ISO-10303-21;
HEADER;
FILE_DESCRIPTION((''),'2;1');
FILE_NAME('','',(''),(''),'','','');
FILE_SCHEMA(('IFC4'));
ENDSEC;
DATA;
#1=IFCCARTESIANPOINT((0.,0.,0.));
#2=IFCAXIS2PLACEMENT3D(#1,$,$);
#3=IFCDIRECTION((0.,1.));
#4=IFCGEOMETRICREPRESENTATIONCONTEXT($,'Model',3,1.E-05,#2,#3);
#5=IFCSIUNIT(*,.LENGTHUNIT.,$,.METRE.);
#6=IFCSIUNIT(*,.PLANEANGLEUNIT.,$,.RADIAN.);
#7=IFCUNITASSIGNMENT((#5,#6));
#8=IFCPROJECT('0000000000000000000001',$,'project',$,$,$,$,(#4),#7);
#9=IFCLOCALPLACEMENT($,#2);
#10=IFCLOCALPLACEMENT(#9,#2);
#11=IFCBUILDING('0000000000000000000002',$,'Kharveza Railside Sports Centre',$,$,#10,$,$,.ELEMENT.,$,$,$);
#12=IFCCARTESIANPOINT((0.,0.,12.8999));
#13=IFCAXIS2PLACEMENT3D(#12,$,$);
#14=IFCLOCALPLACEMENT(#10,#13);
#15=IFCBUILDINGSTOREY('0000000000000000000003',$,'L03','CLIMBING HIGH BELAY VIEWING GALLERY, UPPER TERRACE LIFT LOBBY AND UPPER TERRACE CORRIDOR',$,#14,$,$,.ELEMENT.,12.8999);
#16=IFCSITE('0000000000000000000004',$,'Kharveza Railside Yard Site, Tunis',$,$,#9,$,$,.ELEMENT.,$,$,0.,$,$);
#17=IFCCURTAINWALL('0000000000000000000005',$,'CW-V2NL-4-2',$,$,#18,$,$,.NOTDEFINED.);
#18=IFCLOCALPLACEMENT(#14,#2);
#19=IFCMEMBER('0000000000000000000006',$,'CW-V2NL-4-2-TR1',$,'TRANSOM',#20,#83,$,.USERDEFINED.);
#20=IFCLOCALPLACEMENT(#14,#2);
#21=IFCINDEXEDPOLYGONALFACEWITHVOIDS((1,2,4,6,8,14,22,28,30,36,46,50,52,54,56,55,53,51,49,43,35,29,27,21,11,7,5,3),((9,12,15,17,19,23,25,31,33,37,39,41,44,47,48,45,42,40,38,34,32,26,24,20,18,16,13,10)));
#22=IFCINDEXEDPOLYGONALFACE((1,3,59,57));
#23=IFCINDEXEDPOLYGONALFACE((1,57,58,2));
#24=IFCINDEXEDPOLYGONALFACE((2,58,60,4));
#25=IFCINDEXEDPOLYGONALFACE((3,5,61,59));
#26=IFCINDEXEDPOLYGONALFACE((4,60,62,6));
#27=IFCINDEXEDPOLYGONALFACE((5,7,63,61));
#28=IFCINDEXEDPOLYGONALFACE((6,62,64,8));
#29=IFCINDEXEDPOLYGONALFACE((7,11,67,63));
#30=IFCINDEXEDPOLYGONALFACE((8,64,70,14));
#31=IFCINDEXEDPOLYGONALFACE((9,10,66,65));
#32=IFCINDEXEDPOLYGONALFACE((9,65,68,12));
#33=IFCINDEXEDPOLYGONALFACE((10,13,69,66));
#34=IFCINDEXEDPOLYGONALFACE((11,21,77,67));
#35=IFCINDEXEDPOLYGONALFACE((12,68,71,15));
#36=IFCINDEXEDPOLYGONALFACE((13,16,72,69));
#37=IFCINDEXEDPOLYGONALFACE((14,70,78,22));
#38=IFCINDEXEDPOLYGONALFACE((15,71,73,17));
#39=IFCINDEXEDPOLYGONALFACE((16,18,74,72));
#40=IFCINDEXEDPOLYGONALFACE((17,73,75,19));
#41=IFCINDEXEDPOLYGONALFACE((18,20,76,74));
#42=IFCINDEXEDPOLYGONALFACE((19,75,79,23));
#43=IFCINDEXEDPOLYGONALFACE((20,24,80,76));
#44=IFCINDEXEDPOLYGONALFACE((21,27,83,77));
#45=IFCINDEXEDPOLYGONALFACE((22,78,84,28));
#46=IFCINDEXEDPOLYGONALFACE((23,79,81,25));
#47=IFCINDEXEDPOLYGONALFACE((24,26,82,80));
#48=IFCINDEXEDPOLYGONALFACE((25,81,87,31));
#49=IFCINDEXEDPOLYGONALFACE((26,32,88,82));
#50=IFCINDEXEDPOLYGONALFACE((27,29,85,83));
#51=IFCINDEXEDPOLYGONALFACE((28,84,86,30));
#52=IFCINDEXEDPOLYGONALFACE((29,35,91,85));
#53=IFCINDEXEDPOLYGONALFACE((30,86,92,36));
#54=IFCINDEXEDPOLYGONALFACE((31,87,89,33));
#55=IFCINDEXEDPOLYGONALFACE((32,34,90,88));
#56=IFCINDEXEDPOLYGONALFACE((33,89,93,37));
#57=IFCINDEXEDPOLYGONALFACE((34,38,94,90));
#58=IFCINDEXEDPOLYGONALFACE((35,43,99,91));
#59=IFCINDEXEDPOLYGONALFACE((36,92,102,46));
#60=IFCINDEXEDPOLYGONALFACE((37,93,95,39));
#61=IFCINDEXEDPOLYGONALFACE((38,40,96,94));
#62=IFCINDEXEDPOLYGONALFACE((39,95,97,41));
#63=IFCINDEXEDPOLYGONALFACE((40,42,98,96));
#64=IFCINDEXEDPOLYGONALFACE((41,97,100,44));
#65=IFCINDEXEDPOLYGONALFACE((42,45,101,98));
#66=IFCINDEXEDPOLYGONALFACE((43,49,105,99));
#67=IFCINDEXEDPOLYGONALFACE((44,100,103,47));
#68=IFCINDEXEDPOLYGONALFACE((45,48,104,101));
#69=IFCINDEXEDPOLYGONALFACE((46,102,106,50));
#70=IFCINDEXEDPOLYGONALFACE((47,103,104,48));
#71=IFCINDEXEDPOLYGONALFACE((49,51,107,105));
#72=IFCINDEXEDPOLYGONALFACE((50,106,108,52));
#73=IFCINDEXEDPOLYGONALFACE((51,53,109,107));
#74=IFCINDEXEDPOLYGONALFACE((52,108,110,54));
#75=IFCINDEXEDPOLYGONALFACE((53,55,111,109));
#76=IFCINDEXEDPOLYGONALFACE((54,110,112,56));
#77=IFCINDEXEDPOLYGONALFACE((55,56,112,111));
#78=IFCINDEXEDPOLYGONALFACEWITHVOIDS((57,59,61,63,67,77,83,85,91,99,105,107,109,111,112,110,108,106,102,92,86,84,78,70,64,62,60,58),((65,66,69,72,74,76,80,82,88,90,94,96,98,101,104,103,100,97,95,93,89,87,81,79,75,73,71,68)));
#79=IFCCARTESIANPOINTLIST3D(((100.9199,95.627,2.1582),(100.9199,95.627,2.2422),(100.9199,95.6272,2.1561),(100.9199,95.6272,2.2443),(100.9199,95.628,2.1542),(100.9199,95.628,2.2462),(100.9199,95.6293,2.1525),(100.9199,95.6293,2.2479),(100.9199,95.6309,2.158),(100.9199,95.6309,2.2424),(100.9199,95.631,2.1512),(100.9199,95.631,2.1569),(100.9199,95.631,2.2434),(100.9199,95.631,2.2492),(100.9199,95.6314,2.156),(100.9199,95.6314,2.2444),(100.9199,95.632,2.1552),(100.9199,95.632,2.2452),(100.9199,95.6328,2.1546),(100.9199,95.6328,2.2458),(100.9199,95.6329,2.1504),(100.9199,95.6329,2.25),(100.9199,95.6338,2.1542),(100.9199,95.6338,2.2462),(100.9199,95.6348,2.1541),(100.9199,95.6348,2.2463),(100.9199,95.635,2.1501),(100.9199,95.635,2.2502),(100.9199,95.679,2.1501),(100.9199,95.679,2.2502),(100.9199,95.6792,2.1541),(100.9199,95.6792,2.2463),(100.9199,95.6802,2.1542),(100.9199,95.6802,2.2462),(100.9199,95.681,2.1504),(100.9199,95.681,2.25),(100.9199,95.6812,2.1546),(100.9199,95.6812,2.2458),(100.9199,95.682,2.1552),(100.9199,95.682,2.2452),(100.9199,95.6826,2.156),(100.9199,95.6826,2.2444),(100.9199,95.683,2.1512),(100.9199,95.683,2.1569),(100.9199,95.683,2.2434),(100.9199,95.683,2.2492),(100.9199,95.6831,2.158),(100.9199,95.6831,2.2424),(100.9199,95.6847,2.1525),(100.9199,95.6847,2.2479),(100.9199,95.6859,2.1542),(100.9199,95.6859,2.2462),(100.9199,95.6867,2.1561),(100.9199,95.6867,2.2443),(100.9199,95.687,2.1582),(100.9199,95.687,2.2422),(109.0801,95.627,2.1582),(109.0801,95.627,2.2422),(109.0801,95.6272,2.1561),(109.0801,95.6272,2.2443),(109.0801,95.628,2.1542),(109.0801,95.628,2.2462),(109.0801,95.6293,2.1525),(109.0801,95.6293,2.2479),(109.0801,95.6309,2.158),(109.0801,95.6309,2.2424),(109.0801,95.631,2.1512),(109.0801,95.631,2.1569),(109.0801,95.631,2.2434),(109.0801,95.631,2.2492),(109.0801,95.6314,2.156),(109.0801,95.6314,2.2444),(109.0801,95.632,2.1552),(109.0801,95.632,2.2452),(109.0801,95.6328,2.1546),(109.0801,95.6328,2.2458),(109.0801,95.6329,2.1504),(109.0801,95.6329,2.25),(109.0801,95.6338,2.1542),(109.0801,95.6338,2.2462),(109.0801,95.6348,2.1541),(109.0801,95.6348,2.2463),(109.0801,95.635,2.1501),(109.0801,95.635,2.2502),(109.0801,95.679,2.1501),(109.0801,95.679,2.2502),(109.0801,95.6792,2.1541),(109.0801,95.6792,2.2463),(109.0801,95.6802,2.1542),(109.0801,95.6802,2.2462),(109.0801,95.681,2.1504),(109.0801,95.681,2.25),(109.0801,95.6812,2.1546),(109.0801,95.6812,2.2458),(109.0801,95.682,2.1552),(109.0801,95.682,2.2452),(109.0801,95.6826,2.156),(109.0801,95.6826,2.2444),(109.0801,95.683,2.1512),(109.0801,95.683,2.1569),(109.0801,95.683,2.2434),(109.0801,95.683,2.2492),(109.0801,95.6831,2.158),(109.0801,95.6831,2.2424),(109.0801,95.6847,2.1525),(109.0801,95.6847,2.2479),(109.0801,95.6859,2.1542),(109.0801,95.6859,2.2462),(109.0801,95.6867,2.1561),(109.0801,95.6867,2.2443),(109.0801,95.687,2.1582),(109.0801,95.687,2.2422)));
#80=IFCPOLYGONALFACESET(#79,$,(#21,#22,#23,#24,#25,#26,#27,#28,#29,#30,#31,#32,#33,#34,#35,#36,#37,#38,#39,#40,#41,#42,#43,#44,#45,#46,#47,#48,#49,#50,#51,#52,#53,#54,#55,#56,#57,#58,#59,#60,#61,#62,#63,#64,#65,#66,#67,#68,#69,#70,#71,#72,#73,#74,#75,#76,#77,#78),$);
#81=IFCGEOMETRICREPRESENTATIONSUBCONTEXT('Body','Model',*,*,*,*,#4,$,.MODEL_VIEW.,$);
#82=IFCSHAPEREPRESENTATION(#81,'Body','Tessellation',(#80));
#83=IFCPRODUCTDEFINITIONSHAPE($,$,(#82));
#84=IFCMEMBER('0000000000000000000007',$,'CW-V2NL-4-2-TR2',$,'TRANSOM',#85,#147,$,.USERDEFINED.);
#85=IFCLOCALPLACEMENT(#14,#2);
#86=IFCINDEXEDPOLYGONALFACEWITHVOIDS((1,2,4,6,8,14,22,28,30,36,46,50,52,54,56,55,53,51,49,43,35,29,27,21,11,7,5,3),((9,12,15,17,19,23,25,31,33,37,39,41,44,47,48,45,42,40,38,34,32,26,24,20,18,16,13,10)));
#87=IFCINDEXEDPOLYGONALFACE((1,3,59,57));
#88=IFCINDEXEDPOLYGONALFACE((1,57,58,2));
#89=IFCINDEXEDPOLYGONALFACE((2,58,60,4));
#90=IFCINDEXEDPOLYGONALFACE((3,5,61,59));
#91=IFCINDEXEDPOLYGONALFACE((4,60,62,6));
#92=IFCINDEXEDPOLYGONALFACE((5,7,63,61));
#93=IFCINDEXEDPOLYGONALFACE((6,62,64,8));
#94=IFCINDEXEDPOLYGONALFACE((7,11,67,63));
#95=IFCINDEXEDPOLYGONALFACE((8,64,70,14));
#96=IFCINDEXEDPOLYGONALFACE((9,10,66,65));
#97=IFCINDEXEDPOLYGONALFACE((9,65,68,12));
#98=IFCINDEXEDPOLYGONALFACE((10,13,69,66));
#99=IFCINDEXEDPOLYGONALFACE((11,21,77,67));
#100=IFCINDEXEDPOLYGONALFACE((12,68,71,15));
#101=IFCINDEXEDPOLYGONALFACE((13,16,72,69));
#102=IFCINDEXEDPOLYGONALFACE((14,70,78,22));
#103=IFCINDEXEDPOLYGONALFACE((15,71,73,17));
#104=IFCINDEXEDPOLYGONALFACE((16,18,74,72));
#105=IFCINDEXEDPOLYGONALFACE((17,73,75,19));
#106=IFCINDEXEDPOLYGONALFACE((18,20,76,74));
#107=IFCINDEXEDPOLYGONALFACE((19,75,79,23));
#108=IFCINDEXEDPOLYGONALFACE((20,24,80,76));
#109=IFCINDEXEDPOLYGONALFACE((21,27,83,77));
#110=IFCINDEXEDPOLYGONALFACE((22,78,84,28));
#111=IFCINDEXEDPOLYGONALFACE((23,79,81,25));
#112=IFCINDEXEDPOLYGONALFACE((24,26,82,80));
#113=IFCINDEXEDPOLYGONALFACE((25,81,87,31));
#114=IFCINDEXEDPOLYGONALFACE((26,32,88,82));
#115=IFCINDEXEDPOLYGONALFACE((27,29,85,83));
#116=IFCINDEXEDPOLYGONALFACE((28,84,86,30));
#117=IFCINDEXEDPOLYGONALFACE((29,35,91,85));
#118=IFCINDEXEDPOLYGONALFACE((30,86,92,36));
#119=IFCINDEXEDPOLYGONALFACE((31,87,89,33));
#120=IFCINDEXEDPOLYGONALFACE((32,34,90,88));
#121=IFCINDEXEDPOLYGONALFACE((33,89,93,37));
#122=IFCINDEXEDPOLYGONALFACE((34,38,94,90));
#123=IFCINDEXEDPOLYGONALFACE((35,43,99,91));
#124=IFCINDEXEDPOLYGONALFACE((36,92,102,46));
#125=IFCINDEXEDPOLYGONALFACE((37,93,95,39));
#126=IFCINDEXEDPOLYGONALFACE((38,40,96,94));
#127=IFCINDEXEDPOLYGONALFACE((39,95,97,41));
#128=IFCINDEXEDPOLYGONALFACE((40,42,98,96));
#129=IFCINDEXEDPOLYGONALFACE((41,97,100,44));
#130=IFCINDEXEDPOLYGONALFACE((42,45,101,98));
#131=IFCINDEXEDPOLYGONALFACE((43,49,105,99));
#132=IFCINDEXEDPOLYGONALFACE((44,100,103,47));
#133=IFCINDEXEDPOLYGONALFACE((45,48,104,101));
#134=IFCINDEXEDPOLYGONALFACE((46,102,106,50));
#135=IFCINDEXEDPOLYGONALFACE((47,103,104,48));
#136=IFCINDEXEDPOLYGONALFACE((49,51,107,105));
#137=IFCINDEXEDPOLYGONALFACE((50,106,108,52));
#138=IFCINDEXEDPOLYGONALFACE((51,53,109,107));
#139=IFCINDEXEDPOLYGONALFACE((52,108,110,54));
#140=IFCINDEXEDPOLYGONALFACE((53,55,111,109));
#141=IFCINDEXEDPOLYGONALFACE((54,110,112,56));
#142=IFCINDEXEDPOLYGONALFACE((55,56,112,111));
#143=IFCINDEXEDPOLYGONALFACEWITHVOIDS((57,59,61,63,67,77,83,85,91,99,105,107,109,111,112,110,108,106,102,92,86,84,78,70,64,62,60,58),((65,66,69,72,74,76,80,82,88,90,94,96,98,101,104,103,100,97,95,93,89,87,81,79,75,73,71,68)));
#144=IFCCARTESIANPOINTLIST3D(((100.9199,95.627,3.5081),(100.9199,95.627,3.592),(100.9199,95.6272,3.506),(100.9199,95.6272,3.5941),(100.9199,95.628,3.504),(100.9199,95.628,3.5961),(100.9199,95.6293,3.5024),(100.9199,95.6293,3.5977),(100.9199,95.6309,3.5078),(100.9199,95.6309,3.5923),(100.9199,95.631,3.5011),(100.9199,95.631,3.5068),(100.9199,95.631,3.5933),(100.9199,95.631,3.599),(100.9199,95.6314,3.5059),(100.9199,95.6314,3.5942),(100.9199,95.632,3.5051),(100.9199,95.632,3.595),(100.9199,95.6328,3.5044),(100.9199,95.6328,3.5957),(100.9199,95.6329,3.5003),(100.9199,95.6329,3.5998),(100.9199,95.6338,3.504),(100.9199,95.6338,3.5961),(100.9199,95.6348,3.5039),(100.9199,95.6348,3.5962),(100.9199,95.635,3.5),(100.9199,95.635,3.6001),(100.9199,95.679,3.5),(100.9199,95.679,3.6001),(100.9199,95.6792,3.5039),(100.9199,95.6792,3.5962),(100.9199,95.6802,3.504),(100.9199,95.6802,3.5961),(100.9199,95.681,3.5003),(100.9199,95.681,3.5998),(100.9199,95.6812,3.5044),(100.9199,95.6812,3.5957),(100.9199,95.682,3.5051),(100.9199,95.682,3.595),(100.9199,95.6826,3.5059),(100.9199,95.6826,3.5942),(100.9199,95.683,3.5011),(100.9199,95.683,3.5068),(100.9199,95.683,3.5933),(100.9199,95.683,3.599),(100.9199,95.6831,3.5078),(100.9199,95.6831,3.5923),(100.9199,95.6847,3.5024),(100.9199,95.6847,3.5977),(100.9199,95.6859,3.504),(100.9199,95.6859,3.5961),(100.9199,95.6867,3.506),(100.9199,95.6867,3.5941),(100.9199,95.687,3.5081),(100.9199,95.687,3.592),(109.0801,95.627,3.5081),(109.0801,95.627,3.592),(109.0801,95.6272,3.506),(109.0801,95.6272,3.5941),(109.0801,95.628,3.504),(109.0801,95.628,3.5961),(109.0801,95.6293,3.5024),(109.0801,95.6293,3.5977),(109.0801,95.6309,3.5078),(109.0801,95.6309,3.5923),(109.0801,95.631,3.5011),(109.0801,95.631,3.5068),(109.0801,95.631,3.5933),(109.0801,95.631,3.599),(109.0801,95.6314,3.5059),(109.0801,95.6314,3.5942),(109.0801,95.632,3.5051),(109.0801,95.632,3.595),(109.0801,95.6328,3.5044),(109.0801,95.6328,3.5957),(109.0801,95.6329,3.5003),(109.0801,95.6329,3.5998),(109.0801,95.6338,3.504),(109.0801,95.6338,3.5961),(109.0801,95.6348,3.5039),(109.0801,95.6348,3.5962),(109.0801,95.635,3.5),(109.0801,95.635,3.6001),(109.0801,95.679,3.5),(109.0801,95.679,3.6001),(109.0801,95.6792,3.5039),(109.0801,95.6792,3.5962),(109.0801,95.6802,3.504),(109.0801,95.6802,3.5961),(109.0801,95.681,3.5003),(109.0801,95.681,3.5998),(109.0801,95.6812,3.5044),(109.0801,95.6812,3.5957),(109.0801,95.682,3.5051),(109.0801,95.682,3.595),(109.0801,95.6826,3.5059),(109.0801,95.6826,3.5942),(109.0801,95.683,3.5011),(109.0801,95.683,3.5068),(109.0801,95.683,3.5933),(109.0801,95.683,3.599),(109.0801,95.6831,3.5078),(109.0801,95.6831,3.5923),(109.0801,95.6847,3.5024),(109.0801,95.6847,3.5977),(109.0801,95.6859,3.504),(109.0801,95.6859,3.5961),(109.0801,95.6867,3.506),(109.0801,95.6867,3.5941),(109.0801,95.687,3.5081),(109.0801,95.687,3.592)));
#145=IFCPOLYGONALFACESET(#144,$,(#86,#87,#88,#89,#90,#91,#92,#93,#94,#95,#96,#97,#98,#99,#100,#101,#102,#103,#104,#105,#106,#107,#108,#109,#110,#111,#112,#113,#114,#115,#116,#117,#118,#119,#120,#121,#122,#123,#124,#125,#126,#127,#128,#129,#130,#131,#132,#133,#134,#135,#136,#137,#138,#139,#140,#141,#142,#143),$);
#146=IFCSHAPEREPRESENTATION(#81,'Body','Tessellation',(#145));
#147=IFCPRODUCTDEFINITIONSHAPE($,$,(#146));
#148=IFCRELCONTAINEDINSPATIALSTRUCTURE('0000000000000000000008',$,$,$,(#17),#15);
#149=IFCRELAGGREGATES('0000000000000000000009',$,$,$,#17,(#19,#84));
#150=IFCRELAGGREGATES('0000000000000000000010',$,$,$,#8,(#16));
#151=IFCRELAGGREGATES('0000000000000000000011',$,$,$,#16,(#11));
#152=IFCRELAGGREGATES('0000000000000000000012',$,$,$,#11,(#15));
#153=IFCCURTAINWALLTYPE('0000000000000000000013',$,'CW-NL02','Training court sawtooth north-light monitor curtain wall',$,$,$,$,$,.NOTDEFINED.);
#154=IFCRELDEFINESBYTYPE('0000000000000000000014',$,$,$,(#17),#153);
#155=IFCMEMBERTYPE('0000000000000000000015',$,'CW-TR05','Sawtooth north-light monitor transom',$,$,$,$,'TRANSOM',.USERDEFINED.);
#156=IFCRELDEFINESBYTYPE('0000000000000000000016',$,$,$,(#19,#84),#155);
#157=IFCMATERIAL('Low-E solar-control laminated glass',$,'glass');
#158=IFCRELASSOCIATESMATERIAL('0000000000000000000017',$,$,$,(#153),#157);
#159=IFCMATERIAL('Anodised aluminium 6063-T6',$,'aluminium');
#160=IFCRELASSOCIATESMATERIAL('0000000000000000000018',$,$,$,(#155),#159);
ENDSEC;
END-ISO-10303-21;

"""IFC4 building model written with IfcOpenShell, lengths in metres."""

from ifc_helpers import new_model, si_unit, direction, frame, origin, origin_2d, place, context, subcontext, project, spatial, hollow_rectangle, extrude, material, material_profile, profile_set, type_object, element, aggregate, save


model = new_model("IFC4")

# Units and contexts
model_context = context("Model", 3, precision=1e-05, world=origin(), true_north=direction((0.0, 1.0)))
body_context = subcontext(model_context, "Body", "Model", "MODEL_VIEW")
ifc_project = project(units=[si_unit("LENGTHUNIT", "METRE"), si_unit("PLANEANGLEUNIT", "RADIAN")], contexts=[model_context])

# Site, building, storey
site_placement = place(None, origin())
site = spatial("IfcSite", under=ifc_project, at=site_placement, Name="Kharveza Railside Yard Site, Tunis", CompositionType="ELEMENT", RefElevation=0.0)
building_placement = place(site_placement, origin())
building = spatial("IfcBuilding", under=site, at=building_placement, Name="Kharveza Railside Sports Centre", CompositionType="ELEMENT")
storey_placement = place(building_placement, frame((0.0, 0.0, 12.8999)))
storey = spatial("IfcBuildingStorey", under=building, at=storey_placement, Name="L03", Description="CLIMBING HIGH BELAY VIEWING GALLERY, UPPER TERRACE LIFT LOBBY AND UPPER TERRACE CORRIDOR", CompositionType="ELEMENT", Elevation=12.8999)

# Curtain wall, members
ifc_material_1 = material(Name="Low-E solar-control laminated glass", Category="glass")
curtain_wall_type = type_object("IfcCurtainWallType", Name="CW-NL02", Description="Training court sawtooth north-light monitor curtain wall", PredefinedType="NOTDEFINED", material=ifc_material_1)
ifc_material_2 = material(Name="Anodised aluminium 6063-T6", Category="aluminium")
curtain_wall_1_placement = place(storey_placement, origin())
curtain_wall_1 = element("IfcCurtainWall", 1, at=curtain_wall_1_placement, inside=storey, type_object=curtain_wall_type, Name="CW-V2NL-4-2", PredefinedType="NOTDEFINED")
ifc_material_profile_1 = material_profile(ifc_material_2, hollow_rectangle(XDim=0.0601, YDim=0.1001, WallThickness=0.0039, InnerFilletRadius=0.0039, OuterFilletRadius=0.0081, at=origin_2d()), Name="RHS 60x100x4.0")
ifc_profile_set_1 = profile_set([ifc_material_profile_1], Name="Anodised aluminium 6063-T6")
member_type_1 = type_object("IfcMemberType", Name="CW-TR05", Description="Sawtooth north-light monitor transom", ElementType="TRANSOM", PredefinedType="USERDEFINED", material=ifc_profile_set_1)
member_1_placement = place(storey_placement, frame((100.9199, 95.657, 2.2002), z_axis=(1.0, 0.0, 0.0), x_axis=(0.0, 1.0, 0.0)))
member_1 = element("IfcMember", 2, at=member_1_placement, type_object=member_type_1, Name="CW-V2NL-4-2-TR1", ObjectType="TRANSOM", PredefinedType="USERDEFINED", context=body_context, shape_type="SweptSolid", body=[
    extrude(hollow_rectangle(XDim=0.0601, YDim=0.1001, WallThickness=0.0039, InnerFilletRadius=0.0039, OuterFilletRadius=0.0081, at=origin_2d()), origin(), (0.0, 0.0, 1.0), 8.1602),
])
member_2_placement = place(storey_placement, frame((100.9199, 95.657, 3.55), z_axis=(1.0, 0.0, 0.0), x_axis=(0.0, 1.0, 0.0)))
member_2 = element("IfcMember", 3, at=member_2_placement, type_object=member_type_1, Name="CW-V2NL-4-2-TR2", ObjectType="TRANSOM", PredefinedType="USERDEFINED", context=body_context, shape_type="SweptSolid", body=[
    extrude(hollow_rectangle(XDim=0.0601, YDim=0.1001, WallThickness=0.0039, InnerFilletRadius=0.0039, OuterFilletRadius=0.0081, at=origin_2d()), origin(), (0.0, 0.0, 1.0), 8.1602),
])

aggregate(curtain_wall_1, [member_1, member_2])

save(model, "model.ifc")
